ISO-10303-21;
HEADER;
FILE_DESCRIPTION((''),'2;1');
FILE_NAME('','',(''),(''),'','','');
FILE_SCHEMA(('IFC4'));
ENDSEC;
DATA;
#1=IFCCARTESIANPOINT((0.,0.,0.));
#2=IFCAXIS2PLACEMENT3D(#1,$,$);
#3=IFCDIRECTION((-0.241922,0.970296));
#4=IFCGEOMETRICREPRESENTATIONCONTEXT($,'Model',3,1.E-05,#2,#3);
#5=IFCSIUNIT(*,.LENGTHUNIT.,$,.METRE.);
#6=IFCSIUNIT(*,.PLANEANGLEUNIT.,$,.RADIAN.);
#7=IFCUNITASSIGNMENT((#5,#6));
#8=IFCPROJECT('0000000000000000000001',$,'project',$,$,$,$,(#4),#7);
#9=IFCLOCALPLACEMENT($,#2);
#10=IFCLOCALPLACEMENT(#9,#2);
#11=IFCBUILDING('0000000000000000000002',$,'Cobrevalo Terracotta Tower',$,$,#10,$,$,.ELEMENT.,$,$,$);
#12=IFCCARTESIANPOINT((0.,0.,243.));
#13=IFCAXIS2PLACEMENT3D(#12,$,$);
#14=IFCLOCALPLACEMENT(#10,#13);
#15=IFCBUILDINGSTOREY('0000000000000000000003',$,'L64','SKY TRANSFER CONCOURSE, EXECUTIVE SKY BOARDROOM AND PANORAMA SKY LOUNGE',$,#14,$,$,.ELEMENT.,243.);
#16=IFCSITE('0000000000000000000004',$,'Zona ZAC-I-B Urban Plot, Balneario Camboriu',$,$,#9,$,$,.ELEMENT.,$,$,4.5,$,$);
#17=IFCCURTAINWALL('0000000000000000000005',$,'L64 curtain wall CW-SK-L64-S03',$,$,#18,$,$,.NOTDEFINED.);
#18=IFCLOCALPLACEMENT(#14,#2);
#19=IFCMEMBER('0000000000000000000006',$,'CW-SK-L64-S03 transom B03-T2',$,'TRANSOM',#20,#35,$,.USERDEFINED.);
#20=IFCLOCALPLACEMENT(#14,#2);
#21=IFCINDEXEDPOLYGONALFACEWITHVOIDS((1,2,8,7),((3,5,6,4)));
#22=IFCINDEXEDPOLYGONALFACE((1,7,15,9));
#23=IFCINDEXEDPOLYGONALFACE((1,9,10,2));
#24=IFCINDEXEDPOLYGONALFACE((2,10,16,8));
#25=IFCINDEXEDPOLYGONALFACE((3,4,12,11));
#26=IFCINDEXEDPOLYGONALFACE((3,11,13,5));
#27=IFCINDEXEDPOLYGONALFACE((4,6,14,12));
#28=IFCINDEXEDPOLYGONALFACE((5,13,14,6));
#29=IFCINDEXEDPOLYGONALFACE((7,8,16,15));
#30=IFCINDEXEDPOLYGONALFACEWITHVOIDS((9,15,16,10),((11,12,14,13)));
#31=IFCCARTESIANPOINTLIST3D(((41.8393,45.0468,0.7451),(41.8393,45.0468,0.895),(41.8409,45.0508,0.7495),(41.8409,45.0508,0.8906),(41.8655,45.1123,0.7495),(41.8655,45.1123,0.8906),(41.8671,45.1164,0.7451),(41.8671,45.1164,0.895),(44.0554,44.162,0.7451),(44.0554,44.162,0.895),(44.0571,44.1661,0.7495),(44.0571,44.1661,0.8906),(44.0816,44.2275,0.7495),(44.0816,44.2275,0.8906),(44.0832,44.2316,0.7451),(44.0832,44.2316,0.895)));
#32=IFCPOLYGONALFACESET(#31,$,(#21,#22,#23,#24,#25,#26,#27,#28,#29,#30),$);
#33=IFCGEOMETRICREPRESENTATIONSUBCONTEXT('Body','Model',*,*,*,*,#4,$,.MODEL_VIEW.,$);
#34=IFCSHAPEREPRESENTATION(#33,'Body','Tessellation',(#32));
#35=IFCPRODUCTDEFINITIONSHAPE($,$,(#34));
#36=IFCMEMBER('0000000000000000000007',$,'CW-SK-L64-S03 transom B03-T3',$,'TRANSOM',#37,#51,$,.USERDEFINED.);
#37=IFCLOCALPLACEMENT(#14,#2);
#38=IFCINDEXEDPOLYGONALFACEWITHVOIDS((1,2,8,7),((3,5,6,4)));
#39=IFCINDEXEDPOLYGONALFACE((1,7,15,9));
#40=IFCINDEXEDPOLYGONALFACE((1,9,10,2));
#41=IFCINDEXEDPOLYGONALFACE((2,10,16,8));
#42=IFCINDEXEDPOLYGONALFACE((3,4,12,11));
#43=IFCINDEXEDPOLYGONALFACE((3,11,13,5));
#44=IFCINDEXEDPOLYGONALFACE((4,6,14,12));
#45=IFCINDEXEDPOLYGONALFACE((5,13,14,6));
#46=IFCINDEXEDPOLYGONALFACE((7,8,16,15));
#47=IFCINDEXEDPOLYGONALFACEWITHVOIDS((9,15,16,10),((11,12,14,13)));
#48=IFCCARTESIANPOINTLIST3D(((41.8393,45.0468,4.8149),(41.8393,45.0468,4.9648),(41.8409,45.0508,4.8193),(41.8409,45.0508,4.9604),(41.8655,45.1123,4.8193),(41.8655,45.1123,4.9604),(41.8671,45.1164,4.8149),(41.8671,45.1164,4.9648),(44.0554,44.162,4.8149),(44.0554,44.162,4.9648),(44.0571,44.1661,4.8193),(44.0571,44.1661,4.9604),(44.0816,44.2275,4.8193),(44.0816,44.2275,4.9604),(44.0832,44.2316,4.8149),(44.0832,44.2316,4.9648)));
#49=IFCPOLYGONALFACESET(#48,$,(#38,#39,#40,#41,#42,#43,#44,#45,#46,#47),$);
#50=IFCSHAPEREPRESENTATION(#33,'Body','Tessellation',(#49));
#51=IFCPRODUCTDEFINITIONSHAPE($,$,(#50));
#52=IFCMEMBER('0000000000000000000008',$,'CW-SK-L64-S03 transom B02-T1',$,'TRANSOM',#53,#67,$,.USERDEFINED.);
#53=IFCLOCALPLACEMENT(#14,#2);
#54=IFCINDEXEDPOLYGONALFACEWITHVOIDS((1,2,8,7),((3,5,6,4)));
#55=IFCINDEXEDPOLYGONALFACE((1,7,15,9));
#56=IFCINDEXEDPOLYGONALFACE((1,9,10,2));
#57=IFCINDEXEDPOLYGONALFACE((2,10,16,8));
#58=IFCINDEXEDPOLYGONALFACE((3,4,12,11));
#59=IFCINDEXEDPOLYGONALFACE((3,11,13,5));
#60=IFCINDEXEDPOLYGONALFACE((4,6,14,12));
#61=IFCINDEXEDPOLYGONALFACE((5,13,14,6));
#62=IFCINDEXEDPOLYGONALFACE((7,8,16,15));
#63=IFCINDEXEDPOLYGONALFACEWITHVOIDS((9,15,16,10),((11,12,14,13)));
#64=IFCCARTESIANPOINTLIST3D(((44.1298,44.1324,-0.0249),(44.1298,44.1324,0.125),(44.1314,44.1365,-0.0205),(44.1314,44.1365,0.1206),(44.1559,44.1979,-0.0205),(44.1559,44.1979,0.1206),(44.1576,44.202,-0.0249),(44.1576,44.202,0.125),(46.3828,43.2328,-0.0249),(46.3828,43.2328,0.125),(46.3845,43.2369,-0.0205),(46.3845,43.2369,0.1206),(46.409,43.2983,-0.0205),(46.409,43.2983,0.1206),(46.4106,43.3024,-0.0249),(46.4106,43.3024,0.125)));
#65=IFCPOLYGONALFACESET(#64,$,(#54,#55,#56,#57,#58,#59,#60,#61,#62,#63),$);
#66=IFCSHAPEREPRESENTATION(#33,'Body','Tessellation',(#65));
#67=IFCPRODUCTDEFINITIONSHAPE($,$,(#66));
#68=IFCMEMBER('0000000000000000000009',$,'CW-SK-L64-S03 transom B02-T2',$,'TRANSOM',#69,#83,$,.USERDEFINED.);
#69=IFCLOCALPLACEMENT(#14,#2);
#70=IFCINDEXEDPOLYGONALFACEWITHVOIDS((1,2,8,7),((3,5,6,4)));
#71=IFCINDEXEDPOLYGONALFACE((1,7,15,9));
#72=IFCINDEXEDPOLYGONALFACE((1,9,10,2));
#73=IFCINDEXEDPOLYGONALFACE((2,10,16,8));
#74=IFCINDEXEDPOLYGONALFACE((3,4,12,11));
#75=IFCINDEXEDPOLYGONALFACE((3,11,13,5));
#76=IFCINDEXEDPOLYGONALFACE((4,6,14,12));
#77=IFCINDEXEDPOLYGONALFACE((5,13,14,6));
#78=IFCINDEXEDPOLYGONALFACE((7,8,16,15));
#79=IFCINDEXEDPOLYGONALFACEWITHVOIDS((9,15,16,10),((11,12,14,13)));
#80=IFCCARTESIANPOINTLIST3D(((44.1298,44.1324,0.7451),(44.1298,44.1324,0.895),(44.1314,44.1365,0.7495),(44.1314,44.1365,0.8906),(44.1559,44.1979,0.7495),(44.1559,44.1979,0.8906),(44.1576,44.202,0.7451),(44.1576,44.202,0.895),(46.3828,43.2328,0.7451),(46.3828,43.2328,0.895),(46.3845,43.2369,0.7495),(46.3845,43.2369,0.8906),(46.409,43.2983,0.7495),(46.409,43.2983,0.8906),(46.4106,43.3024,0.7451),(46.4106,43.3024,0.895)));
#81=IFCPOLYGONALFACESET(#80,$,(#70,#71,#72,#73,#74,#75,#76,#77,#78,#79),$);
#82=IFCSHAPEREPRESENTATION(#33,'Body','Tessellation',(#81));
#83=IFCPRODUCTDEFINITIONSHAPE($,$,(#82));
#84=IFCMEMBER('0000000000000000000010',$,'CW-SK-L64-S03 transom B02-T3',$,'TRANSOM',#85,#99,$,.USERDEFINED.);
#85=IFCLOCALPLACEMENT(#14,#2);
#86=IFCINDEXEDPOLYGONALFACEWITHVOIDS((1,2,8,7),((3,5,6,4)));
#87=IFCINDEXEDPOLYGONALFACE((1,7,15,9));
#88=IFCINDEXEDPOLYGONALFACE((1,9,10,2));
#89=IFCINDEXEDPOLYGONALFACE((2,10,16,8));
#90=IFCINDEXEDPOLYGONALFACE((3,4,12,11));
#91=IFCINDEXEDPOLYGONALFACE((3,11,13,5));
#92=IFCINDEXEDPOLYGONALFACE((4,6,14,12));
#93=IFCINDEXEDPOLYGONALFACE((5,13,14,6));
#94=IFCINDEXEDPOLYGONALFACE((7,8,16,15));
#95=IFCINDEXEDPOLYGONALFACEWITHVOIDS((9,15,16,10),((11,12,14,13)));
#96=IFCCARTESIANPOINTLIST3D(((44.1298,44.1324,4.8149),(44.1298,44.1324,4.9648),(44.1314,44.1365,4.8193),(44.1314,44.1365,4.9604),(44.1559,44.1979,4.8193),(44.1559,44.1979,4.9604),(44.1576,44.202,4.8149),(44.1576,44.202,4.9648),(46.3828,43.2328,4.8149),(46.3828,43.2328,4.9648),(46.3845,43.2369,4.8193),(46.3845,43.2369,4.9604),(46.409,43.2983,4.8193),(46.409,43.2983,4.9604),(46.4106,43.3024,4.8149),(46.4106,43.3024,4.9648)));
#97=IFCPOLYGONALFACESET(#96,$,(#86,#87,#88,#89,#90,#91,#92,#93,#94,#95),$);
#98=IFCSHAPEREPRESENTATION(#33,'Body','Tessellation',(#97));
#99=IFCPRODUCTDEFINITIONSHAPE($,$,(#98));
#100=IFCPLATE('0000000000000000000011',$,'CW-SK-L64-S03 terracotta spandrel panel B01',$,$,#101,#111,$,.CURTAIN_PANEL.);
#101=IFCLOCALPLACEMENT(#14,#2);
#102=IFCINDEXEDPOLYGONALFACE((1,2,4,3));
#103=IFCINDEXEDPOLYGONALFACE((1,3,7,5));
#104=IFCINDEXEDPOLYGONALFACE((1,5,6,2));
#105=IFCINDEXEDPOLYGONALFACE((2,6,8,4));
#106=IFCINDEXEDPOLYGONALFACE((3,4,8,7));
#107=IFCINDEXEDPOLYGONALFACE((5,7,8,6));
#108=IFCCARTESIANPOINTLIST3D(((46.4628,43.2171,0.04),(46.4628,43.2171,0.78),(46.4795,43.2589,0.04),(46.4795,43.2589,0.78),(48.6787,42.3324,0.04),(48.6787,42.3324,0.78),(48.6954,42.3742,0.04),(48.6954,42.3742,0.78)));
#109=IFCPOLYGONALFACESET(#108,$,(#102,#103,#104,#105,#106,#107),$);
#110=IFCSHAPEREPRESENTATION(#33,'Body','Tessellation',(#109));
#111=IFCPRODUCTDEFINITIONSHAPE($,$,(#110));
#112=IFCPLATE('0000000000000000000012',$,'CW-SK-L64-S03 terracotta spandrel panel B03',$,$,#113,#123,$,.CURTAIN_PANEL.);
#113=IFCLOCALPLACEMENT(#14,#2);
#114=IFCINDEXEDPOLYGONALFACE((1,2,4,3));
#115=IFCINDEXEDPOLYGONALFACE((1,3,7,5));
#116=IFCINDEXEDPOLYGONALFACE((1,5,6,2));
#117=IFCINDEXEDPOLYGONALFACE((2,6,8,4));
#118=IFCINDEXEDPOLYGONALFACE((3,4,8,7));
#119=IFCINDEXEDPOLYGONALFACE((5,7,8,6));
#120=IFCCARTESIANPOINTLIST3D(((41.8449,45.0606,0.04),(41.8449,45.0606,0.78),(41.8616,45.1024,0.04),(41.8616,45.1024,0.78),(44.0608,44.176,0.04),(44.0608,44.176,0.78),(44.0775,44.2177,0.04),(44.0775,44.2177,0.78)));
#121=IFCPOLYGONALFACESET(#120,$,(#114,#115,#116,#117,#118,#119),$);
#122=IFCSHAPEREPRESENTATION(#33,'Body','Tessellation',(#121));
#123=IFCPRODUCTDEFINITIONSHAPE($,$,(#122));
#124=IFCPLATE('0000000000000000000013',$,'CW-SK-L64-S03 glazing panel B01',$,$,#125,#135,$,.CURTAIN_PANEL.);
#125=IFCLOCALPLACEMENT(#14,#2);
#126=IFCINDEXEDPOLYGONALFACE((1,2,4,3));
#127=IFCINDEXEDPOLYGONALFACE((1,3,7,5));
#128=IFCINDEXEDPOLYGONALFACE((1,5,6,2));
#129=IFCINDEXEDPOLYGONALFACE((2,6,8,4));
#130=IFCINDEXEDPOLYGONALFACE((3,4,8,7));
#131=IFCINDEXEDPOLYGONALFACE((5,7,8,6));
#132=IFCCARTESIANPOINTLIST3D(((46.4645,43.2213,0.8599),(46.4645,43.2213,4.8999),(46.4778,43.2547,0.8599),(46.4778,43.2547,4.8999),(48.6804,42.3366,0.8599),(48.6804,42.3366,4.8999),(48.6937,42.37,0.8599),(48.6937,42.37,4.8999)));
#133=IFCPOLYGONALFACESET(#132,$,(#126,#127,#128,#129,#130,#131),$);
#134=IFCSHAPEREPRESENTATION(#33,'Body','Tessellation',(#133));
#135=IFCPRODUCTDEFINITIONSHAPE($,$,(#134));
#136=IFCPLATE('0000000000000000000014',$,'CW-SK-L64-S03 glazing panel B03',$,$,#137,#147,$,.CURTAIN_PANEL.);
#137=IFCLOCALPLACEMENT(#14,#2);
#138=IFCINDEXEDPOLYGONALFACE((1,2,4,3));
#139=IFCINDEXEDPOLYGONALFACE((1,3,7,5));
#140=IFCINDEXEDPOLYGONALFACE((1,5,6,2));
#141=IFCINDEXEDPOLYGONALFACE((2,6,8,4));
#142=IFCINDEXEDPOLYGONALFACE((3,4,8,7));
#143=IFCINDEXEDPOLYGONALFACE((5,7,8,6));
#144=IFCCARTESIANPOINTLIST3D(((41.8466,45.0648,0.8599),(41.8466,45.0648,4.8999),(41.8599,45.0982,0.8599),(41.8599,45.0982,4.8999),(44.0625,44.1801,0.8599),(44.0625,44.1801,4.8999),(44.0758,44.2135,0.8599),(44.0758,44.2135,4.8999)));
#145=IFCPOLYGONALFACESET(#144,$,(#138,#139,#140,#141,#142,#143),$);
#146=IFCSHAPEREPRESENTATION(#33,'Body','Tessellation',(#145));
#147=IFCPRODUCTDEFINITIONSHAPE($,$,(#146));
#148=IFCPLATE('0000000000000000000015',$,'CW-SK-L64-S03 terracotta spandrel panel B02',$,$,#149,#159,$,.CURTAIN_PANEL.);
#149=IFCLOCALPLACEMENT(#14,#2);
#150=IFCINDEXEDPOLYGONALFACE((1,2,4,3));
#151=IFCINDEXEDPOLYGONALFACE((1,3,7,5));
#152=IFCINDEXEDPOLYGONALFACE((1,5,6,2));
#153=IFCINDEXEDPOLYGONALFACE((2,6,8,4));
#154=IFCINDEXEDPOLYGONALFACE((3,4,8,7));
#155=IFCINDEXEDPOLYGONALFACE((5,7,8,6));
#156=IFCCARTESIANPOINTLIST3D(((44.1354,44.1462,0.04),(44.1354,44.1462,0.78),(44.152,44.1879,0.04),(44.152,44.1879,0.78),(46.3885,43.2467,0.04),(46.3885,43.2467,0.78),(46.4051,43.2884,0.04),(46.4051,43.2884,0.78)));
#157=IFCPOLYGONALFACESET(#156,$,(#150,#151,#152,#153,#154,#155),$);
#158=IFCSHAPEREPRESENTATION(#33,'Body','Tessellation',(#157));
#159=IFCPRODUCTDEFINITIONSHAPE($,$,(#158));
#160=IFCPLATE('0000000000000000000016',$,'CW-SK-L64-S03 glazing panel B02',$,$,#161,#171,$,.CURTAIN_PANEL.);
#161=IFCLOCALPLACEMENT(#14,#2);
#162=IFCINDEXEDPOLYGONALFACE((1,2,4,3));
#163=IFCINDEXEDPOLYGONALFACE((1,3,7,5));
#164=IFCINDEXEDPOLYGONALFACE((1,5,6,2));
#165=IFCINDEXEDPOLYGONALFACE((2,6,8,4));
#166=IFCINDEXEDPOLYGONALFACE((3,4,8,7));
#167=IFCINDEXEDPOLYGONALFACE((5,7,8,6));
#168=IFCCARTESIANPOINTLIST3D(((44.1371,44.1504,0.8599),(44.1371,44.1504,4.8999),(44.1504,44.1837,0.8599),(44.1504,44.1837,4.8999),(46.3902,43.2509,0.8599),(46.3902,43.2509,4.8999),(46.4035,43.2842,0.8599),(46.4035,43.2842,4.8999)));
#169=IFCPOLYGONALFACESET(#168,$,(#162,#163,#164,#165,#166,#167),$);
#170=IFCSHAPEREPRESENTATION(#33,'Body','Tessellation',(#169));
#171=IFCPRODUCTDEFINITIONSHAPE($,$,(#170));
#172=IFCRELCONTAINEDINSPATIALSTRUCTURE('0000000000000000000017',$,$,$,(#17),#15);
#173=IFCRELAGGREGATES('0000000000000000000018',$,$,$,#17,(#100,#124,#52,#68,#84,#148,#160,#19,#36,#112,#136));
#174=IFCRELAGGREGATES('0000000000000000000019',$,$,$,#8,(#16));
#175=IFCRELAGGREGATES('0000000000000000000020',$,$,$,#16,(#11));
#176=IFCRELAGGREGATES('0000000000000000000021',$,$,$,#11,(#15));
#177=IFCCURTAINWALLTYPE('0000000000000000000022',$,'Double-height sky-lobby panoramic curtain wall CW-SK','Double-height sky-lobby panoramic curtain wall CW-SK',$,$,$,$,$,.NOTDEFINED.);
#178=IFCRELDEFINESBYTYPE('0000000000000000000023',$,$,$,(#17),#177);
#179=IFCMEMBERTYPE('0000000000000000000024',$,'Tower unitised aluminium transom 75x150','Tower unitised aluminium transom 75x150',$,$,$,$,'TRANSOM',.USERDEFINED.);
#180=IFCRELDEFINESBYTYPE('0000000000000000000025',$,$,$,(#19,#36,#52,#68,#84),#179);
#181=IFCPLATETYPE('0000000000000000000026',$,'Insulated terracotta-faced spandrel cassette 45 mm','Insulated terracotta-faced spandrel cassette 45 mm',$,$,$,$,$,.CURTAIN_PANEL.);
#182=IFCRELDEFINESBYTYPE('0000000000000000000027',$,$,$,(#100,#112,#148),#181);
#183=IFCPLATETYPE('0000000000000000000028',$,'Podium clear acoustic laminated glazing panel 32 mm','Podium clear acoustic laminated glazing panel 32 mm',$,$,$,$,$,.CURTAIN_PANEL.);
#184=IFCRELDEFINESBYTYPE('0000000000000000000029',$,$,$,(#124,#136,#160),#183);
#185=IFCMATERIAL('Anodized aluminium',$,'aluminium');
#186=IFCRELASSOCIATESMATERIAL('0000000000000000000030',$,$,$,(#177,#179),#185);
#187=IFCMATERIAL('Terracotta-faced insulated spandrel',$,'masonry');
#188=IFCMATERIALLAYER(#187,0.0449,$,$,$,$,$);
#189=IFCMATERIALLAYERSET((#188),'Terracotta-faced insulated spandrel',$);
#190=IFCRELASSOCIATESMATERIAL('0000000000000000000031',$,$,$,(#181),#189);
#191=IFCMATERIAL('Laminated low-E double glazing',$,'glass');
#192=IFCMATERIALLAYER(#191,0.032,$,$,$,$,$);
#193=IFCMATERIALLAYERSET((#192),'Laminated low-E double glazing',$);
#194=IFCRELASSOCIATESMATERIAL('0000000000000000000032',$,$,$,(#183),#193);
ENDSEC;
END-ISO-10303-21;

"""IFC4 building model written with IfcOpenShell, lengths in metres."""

from ifc_helpers import new_model, si_unit, direction, frame, origin, origin_2d, place, context, subcontext, project, spatial, rectangle, hollow_rectangle, extrude, source, transform, mapped, material, layer, layer_set, material_profile, profile_set, type_object, element, aggregate, save


model = new_model("IFC4")

# Units and contexts
model_context = context("Model", 3, precision=1e-05, world=origin(), true_north=direction((-0.241922, 0.970296)))
body_context = subcontext(model_context, "Body", "Model", "MODEL_VIEW")
ifc_project = project(units=[si_unit("LENGTHUNIT", "METRE"), si_unit("PLANEANGLEUNIT", "RADIAN")], contexts=[model_context])

# Site, building, storey
site_placement = place(None, origin())
site = spatial("IfcSite", under=ifc_project, at=site_placement, Name="Zona ZAC-I-B Urban Plot, Balneario Camboriu", CompositionType="ELEMENT", RefElevation=4.5)
building_placement = place(site_placement, origin())
building = spatial("IfcBuilding", under=site, at=building_placement, Name="Cobrevalo Terracotta Tower", CompositionType="ELEMENT")
storey_placement = place(building_placement, frame((0.0, 0.0, 243.0)))
storey = spatial("IfcBuildingStorey", under=building, at=storey_placement, Name="L64", Description="SKY TRANSFER CONCOURSE, EXECUTIVE SKY BOARDROOM AND PANORAMA SKY LOUNGE", CompositionType="ELEMENT", Elevation=243.0)

# Curtain wall, members, plates
ifc_material_1 = material(Name="Anodized aluminium", Category="aluminium")
curtain_wall_type = type_object("IfcCurtainWallType", Name="Double-height sky-lobby panoramic curtain wall CW-SK", Description="Double-height sky-lobby panoramic curtain wall CW-SK", PredefinedType="NOTDEFINED", material=ifc_material_1)
curtain_wall_placement = place(storey_placement, origin())
curtain_wall = element("IfcCurtainWall", 1, at=curtain_wall_placement, inside=storey, type_object=curtain_wall_type, Name="L64 curtain wall CW-SK-L64-S03", PredefinedType="NOTDEFINED")
ifc_material_profile_1 = material_profile(ifc_material_1, hollow_rectangle(XDim=0.075, YDim=0.1499, WallThickness=0.0044, at=origin_2d()), Name="CWT 75x150")
ifc_profile_set_1 = profile_set([ifc_material_profile_1], Name="Anodized aluminium")
member_type_1 = type_object("IfcMemberType", Name="Tower unitised aluminium transom 75x150", Description="Tower unitised aluminium transom 75x150", ElementType="TRANSOM", PredefinedType="USERDEFINED", material=ifc_profile_set_1)
shared_shape_1 = source(origin(), body_context, "Body", "SweptSolid", [
    extrude(hollow_rectangle(XDim=0.075, YDim=0.1499, WallThickness=0.0044, at=origin_2d()), origin(), (0.0, 0.0, 1.0), 2.3862),
])
member_1_placement = place(storey_placement, frame((44.0693, 44.1968, 0.8201), z_axis=(-0.928716, 0.370791, 0.0), x_axis=(-0.370791, -0.928716, 0.0)))
member_1 = element("IfcMember", 2, at=member_1_placement, type_object=member_type_1, Name="CW-SK-L64-S03 transom B03-T2", ObjectType="TRANSOM", PredefinedType="USERDEFINED", context=body_context, shape_type="MappedRepresentation", body=[
    mapped(shared_shape_1, transform((0.0, 0.0, 0.0), scale=1.0)),
])
member_2_placement = place(storey_placement, frame((44.0693, 44.1968, 4.8899), z_axis=(-0.928716, 0.370791, 0.0), x_axis=(-0.370791, -0.928716, 0.0)))
member_2 = element("IfcMember", 3, at=member_2_placement, type_object=member_type_1, Name="CW-SK-L64-S03 transom B03-T3", ObjectType="TRANSOM", PredefinedType="USERDEFINED", context=body_context, shape_type="MappedRepresentation", body=[
    mapped(shared_shape_1, transform((0.0, 0.0, 0.0), scale=1.0)),
])
shared_shape_2 = source(origin(), body_context, "Body", "SweptSolid", [
    extrude(hollow_rectangle(XDim=0.075, YDim=0.1499, WallThickness=0.0044, at=origin_2d()), origin(), (0.0, 0.0, 1.0), 2.426),
])
member_3_placement = place(storey_placement, frame((46.3967, 43.2676, 0.05), z_axis=(-0.928706, 0.370818, 0.0), x_axis=(-0.370818, -0.928706, 0.0)))
member_3 = element("IfcMember", 4, at=member_3_placement, type_object=member_type_1, Name="CW-SK-L64-S03 transom B02-T1", ObjectType="TRANSOM", PredefinedType="USERDEFINED", context=body_context, shape_type="MappedRepresentation", body=[
    mapped(shared_shape_2, transform((0.0, 0.0, 0.0), scale=1.0)),
])
member_4_placement = place(storey_placement, frame((46.3967, 43.2676, 0.8201), z_axis=(-0.928706, 0.370818, 0.0), x_axis=(-0.370818, -0.928706, 0.0)))
member_4 = element("IfcMember", 5, at=member_4_placement, type_object=member_type_1, Name="CW-SK-L64-S03 transom B02-T2", ObjectType="TRANSOM", PredefinedType="USERDEFINED", context=body_context, shape_type="MappedRepresentation", body=[
    mapped(shared_shape_2, transform((0.0, 0.0, 0.0), scale=1.0)),
])
member_5_placement = place(storey_placement, frame((46.3967, 43.2676, 4.8899), z_axis=(-0.928706, 0.370818, 0.0), x_axis=(-0.370818, -0.928706, 0.0)))
member_5 = element("IfcMember", 6, at=member_5_placement, type_object=member_type_1, Name="CW-SK-L64-S03 transom B02-T3", ObjectType="TRANSOM", PredefinedType="USERDEFINED", context=body_context, shape_type="MappedRepresentation", body=[
    mapped(shared_shape_2, transform((0.0, 0.0, 0.0), scale=1.0)),
])
ifc_material_2 = material(Name="Terracotta-faced insulated spandrel", Category="masonry")
ifc_layer_1 = layer(ifc_material_2, 0.0449)
ifc_layer_set_1 = layer_set([ifc_layer_1], Name="Terracotta-faced insulated spandrel")
plate_type_1 = type_object("IfcPlateType", Name="Insulated terracotta-faced spandrel cassette 45 mm", Description="Insulated terracotta-faced spandrel cassette 45 mm", PredefinedType="CURTAIN_PANEL", material=ifc_layer_set_1)
shared_shape_3 = source(origin(), body_context, "Body", "SweptSolid", [
    extrude(rectangle(XDim=2.386, YDim=0.0449, at=origin_2d()), origin(), (0.0, 0.0, 1.0), 0.74),
])
plate_1_placement = place(storey_placement, frame((47.5791, 42.7957, 0.04), z_axis=(0.0, 0.0, 1.0), x_axis=(-0.928718, 0.370786, 0.0)))
plate_1 = element("IfcPlate", 7, at=plate_1_placement, type_object=plate_type_1, Name="CW-SK-L64-S03 terracotta spandrel panel B01", PredefinedType="CURTAIN_PANEL", context=body_context, shape_type="MappedRepresentation", body=[
    mapped(shared_shape_3, transform((0.0, 0.0, 0.0), scale=1.0)),
])
plate_2_placement = place(storey_placement, frame((42.9612, 44.6392, 0.04), z_axis=(0.0, 0.0, 1.0), x_axis=(-0.928718, 0.370786, 0.0)))
plate_2 = element("IfcPlate", 8, at=plate_2_placement, type_object=plate_type_1, Name="CW-SK-L64-S03 terracotta spandrel panel B03", PredefinedType="CURTAIN_PANEL", context=body_context, shape_type="MappedRepresentation", body=[
    mapped(shared_shape_3, transform((0.0, 0.0, 0.0), scale=1.0)),
])
ifc_material_3 = material(Name="Laminated low-E double glazing", Category="glass")
ifc_layer_2 = layer(ifc_material_3, 0.032)
ifc_layer_set_2 = layer_set([ifc_layer_2], Name="Laminated low-E double glazing")
plate_type_2 = type_object("IfcPlateType", Name="Podium clear acoustic laminated glazing panel 32 mm", Description="Podium clear acoustic laminated glazing panel 32 mm", PredefinedType="CURTAIN_PANEL", material=ifc_layer_set_2)
shared_shape_4 = source(origin(), body_context, "Body", "SweptSolid", [
    extrude(rectangle(XDim=2.386, YDim=0.0359, at=origin_2d()), origin(), (0.0, 0.0, 1.0), 4.04),
])
plate_3_placement = place(storey_placement, frame((47.5791, 42.7957, 0.8599), z_axis=(0.0, 0.0, 1.0), x_axis=(-0.928718, 0.370786, 0.0)))
plate_3 = element("IfcPlate", 9, at=plate_3_placement, type_object=plate_type_2, Name="CW-SK-L64-S03 glazing panel B01", PredefinedType="CURTAIN_PANEL", context=body_context, shape_type="MappedRepresentation", body=[
    mapped(shared_shape_4, transform((0.0, 0.0, 0.0), scale=1.0)),
])
plate_4_placement = place(storey_placement, frame((42.9612, 44.6392, 0.8599), z_axis=(0.0, 0.0, 1.0), x_axis=(-0.928718, 0.370786, 0.0)))
plate_4 = element("IfcPlate", 10, at=plate_4_placement, type_object=plate_type_2, Name="CW-SK-L64-S03 glazing panel B03", PredefinedType="CURTAIN_PANEL", context=body_context, shape_type="MappedRepresentation", body=[
    mapped(shared_shape_4, transform((0.0, 0.0, 0.0), scale=1.0)),
])
shared_shape_5 = source(origin(), body_context, "Body", "SweptSolid", [
    extrude(rectangle(XDim=2.426, YDim=0.0449, at=origin_2d()), origin(), (0.0, 0.0, 1.0), 0.74),
])
plate_5_placement = place(storey_placement, frame((45.2703, 43.7173, 0.04), z_axis=(0.0, 0.0, 1.0), x_axis=(-0.928718, 0.370786, 0.0)))
plate_5 = element("IfcPlate", 11, at=plate_5_placement, type_object=plate_type_1, Name="CW-SK-L64-S03 terracotta spandrel panel B02", PredefinedType="CURTAIN_PANEL", context=body_context, shape_type="MappedRepresentation", body=[
    mapped(shared_shape_5, transform((0.0, 0.0, 0.0), scale=1.0)),
])
shared_shape_6 = source(origin(), body_context, "Body", "SweptSolid", [
    extrude(rectangle(XDim=2.426, YDim=0.0359, at=origin_2d()), origin(), (0.0, 0.0, 1.0), 4.04),
])
plate_6_placement = place(storey_placement, frame((45.2703, 43.7173, 0.8599), z_axis=(0.0, 0.0, 1.0), x_axis=(-0.928718, 0.370786, 0.0)))
plate_6 = element("IfcPlate", 12, at=plate_6_placement, type_object=plate_type_2, Name="CW-SK-L64-S03 glazing panel B02", PredefinedType="CURTAIN_PANEL", context=body_context, shape_type="MappedRepresentation", body=[
    mapped(shared_shape_6, transform((0.0, 0.0, 0.0), scale=1.0)),
])
aggregate(curtain_wall, [plate_1, plate_3, member_3, member_4, member_5, plate_5, plate_6, member_1, member_2, plate_2, plate_4])

save(model, "model.ifc")
